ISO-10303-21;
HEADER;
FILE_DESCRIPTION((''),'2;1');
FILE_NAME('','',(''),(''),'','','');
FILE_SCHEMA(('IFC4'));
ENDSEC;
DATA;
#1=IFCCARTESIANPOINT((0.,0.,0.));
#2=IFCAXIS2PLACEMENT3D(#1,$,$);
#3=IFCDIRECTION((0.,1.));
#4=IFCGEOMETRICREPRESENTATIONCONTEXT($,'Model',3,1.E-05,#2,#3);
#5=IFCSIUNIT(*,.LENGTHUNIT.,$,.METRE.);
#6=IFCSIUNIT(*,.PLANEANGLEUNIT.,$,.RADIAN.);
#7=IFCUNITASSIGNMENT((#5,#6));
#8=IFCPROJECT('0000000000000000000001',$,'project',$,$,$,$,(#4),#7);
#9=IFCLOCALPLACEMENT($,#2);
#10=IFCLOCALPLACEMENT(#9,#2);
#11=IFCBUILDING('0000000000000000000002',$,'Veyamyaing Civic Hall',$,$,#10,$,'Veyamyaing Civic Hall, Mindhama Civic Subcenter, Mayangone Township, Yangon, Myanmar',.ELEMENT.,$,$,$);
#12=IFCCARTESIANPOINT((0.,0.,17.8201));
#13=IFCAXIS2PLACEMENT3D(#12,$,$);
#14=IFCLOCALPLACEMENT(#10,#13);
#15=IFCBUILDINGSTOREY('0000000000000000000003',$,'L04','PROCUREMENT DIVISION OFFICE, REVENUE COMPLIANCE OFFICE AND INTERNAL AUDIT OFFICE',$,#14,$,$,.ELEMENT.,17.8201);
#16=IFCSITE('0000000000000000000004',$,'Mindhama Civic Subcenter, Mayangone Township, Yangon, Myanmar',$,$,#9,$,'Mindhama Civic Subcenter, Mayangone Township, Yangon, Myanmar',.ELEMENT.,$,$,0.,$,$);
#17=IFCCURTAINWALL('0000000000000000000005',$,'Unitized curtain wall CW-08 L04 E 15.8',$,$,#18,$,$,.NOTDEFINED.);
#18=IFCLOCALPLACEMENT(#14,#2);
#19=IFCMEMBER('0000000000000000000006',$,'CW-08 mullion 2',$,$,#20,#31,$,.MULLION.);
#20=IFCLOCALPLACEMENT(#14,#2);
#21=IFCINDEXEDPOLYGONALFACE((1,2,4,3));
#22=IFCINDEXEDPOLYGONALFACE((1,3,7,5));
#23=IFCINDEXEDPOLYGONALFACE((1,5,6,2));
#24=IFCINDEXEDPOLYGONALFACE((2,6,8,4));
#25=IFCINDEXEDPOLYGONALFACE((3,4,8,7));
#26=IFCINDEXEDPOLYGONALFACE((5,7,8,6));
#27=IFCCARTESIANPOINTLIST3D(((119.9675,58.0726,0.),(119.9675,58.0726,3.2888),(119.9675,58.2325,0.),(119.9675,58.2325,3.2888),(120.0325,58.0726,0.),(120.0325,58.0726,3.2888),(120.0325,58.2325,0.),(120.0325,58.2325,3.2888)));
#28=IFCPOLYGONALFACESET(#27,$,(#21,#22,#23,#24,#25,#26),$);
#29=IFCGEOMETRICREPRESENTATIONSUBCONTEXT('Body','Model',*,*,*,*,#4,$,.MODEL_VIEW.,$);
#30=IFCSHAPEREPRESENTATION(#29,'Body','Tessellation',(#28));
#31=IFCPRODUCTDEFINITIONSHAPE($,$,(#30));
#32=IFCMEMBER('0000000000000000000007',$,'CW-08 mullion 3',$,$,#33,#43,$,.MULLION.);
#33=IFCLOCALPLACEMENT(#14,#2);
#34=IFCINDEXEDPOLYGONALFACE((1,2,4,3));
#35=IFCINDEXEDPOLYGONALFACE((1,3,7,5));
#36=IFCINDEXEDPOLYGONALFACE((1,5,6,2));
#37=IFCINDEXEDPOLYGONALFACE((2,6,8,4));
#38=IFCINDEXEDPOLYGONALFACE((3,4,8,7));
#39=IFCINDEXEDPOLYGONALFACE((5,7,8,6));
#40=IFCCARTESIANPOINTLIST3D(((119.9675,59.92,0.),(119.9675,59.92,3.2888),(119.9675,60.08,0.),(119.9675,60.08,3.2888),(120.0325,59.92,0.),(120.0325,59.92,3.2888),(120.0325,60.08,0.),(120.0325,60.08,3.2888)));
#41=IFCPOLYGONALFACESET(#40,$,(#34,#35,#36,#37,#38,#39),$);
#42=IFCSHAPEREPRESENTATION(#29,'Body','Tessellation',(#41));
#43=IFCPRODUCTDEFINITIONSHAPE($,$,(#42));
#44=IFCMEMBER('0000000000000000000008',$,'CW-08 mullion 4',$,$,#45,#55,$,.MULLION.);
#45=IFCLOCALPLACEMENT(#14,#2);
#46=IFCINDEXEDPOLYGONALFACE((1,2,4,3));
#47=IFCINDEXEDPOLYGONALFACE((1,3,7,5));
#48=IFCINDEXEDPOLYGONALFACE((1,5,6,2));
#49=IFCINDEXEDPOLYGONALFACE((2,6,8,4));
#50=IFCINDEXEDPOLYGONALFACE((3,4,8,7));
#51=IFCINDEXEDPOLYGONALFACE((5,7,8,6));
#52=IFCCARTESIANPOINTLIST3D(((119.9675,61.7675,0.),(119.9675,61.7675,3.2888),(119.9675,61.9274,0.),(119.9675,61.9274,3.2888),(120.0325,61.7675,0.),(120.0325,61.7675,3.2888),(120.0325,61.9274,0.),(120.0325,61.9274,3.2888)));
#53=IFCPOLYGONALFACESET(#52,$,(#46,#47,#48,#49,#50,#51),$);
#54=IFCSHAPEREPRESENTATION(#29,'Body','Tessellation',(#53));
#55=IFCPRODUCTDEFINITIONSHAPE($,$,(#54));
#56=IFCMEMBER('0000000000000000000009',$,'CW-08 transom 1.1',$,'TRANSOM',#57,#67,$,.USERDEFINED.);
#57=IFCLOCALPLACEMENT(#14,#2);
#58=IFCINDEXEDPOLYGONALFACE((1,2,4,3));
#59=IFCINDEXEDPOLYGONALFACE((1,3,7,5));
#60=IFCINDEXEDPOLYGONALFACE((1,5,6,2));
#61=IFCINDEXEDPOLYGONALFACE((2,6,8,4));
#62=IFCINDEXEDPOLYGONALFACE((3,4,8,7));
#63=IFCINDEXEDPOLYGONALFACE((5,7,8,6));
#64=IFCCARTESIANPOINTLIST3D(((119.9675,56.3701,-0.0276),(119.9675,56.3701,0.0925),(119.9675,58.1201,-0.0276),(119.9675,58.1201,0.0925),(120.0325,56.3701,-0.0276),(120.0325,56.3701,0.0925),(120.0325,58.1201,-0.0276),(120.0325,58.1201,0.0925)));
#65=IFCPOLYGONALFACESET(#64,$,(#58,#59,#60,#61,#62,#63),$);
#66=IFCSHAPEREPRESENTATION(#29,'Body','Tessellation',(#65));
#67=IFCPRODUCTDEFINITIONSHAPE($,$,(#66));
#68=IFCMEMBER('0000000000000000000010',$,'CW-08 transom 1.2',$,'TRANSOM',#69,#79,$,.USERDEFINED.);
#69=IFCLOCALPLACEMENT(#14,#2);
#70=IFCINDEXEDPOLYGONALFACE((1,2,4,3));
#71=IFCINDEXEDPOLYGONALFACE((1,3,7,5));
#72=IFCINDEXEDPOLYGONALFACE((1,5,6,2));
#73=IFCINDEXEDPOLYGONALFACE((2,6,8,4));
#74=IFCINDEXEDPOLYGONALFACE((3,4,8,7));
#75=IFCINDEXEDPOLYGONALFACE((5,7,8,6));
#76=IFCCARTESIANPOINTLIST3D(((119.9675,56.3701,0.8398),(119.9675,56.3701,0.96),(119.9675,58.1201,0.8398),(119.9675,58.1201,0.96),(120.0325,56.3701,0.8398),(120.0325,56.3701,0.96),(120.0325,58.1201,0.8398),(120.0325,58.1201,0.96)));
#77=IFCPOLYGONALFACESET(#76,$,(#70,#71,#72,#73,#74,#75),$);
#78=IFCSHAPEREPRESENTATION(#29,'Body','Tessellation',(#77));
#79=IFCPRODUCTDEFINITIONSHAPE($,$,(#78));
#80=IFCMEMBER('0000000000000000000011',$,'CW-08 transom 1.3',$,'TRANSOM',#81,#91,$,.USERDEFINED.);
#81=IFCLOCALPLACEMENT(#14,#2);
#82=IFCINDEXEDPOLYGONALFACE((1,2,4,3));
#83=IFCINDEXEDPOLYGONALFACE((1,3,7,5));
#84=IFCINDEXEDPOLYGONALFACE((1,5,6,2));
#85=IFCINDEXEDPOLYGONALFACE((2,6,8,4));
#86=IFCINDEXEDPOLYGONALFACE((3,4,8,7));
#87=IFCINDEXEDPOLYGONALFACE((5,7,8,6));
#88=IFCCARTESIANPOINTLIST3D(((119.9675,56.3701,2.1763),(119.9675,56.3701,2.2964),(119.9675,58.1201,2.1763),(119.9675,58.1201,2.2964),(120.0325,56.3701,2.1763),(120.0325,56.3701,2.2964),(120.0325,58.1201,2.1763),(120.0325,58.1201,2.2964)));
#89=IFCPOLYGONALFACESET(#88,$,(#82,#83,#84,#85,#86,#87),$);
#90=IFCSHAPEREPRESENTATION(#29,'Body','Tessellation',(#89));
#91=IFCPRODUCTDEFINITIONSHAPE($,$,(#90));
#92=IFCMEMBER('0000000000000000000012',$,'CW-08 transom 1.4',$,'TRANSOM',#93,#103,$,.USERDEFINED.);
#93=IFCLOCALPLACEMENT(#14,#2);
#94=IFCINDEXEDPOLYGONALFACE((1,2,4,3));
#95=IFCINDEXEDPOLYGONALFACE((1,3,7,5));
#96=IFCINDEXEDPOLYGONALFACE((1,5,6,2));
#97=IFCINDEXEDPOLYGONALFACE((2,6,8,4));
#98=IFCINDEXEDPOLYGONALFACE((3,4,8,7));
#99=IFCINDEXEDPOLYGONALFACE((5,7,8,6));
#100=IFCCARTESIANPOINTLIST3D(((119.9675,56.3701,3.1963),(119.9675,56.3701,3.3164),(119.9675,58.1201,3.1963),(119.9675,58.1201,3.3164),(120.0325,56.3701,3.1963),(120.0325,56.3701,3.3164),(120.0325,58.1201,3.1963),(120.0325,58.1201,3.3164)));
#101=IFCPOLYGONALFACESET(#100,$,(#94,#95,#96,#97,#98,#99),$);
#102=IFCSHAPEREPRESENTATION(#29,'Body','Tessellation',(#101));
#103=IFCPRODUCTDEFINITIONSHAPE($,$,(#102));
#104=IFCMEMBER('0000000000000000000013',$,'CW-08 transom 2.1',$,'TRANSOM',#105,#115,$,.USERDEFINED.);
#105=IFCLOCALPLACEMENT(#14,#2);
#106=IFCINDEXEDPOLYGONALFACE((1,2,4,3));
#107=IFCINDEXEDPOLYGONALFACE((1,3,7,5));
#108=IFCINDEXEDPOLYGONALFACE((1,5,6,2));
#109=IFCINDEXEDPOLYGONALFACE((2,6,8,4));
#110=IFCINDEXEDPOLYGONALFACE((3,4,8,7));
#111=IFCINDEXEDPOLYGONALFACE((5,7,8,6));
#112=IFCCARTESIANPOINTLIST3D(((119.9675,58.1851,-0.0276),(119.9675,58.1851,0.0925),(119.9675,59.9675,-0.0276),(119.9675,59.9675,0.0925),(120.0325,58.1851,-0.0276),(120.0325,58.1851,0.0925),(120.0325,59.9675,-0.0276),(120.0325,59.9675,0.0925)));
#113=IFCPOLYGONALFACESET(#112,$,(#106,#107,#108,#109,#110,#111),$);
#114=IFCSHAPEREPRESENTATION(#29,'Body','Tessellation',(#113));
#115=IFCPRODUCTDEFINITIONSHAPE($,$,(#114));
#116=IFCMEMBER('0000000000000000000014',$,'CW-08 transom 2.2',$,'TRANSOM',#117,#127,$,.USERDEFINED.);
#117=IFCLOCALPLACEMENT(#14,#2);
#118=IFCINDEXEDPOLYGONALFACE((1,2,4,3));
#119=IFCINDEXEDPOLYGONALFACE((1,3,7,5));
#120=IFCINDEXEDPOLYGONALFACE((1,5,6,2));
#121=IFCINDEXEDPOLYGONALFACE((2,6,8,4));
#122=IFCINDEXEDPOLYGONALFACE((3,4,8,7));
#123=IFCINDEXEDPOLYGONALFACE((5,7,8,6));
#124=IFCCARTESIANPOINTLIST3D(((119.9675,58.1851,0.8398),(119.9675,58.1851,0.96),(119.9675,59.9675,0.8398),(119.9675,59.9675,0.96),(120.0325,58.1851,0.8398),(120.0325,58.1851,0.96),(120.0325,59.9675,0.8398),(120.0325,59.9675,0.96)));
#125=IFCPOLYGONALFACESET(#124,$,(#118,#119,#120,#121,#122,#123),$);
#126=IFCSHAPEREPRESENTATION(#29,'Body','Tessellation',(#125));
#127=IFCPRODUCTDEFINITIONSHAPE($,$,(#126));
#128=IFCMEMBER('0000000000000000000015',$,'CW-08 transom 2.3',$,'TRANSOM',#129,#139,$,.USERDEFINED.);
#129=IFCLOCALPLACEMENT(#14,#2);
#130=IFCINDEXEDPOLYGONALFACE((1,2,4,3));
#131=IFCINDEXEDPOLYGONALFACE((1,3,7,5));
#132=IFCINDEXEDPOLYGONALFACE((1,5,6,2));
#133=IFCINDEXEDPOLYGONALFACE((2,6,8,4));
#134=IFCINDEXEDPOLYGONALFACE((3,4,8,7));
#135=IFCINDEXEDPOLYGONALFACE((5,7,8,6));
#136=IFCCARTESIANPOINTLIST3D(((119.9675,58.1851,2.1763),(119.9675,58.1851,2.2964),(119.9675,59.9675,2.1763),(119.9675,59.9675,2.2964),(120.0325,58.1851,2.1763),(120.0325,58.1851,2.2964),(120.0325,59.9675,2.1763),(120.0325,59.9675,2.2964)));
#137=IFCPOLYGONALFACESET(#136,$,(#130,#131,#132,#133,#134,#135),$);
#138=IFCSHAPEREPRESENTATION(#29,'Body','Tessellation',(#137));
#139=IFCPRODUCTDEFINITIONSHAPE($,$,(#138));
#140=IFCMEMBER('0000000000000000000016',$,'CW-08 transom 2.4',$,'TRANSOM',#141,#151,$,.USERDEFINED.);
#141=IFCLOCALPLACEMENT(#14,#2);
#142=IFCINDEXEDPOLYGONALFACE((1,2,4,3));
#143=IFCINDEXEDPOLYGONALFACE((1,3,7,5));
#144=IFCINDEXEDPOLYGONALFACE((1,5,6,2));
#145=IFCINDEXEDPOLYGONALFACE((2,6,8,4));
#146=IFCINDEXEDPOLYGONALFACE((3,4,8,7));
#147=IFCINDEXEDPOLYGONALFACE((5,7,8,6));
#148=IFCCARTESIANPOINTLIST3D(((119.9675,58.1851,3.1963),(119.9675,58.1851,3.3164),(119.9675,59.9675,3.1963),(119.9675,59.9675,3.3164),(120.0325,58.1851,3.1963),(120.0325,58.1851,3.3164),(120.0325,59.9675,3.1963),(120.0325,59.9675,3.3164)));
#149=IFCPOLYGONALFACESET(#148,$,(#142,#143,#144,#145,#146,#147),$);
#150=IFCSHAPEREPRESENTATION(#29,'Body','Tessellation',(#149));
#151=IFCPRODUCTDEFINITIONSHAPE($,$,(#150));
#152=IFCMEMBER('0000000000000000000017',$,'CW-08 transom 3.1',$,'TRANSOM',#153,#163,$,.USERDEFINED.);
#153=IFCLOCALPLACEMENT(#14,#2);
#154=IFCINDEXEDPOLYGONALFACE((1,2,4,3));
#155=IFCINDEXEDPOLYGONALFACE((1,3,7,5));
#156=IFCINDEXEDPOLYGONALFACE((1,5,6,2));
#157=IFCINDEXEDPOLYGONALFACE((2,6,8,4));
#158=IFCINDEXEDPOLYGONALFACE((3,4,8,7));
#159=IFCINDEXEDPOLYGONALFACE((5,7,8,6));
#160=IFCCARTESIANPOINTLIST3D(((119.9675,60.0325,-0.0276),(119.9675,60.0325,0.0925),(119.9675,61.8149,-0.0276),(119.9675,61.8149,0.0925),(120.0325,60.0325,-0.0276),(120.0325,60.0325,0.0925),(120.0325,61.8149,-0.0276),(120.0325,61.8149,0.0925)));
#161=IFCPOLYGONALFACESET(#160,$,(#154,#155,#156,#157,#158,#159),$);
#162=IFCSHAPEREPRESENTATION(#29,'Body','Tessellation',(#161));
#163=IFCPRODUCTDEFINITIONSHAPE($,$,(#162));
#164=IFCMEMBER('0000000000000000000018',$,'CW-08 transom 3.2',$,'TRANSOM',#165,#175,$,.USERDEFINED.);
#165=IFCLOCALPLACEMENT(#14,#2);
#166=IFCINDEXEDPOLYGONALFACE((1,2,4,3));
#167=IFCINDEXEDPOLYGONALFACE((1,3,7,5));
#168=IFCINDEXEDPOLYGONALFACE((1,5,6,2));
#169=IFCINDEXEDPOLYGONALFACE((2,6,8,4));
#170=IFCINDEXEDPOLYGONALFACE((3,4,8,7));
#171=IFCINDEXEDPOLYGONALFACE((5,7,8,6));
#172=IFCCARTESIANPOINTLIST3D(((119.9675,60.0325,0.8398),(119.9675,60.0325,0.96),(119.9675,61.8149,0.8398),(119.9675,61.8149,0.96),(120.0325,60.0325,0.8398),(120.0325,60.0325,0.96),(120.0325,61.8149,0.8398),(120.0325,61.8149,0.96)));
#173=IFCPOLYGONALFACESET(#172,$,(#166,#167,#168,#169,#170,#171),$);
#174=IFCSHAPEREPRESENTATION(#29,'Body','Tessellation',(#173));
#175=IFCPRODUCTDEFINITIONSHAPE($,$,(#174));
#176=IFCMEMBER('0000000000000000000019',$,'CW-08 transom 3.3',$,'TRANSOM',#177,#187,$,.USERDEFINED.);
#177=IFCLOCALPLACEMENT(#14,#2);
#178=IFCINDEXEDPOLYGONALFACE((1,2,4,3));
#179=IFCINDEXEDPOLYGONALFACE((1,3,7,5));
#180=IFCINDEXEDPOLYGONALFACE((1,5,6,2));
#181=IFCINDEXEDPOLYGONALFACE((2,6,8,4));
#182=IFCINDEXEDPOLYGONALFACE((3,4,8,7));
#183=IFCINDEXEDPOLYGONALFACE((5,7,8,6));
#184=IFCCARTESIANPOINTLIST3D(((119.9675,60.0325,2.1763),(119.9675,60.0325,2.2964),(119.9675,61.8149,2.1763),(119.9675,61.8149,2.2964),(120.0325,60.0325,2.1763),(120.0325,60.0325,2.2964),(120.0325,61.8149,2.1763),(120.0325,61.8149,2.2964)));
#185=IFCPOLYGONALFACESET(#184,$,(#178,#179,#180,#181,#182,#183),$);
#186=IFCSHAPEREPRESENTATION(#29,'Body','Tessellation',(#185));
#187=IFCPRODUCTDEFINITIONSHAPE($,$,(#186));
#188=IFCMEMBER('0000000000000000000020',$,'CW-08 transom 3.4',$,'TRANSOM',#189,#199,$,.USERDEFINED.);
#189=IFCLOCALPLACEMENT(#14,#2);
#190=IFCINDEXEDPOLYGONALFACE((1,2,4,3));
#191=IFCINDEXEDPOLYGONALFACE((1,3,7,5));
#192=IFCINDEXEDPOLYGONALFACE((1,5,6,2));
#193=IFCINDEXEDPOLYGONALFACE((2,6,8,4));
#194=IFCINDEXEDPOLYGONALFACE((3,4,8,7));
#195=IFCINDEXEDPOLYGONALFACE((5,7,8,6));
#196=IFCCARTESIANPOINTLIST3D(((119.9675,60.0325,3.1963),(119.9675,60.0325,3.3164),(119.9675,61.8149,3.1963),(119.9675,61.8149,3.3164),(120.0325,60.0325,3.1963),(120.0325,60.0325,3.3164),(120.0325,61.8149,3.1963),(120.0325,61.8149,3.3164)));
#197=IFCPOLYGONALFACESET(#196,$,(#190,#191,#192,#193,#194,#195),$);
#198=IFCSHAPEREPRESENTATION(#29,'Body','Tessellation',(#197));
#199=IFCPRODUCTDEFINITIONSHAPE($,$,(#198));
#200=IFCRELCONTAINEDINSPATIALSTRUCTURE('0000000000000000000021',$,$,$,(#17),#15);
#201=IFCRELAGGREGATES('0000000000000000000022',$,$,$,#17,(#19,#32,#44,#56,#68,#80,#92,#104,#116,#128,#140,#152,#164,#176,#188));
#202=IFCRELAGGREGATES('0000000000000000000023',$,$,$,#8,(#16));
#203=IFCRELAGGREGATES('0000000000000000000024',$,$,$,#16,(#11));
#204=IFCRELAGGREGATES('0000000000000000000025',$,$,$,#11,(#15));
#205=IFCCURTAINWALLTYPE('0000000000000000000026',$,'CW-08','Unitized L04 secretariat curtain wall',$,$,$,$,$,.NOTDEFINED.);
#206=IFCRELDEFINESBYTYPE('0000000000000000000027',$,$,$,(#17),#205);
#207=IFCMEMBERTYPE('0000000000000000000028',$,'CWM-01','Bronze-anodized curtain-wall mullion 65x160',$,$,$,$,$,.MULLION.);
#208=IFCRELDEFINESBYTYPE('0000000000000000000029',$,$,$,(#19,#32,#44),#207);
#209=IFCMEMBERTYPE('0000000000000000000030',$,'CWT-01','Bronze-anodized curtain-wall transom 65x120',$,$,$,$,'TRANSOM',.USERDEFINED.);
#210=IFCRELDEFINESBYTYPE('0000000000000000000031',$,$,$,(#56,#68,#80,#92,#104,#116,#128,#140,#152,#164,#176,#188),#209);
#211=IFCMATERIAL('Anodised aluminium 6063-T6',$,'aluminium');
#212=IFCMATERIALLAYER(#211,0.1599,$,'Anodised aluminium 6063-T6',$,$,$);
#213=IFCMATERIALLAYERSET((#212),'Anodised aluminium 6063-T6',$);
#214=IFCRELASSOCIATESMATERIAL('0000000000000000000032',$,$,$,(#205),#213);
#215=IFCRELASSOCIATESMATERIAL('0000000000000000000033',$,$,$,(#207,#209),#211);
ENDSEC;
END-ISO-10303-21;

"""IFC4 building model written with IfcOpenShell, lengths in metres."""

from ifc_helpers import new_model, si_unit, direction, frame, origin, origin_2d, place, context, subcontext, project, spatial, rectangle, extrude, material, layer, layer_set, material_profile, profile_set, type_object, element, aggregate, save


model = new_model("IFC4")

# Units and contexts
model_context = context("Model", 3, precision=1e-05, world=origin(), true_north=direction((0.0, 1.0)))
body_context = subcontext(model_context, "Body", "Model", "MODEL_VIEW")
ifc_project = project(units=[si_unit("LENGTHUNIT", "METRE"), si_unit("PLANEANGLEUNIT", "RADIAN")], contexts=[model_context])

# Site, building, storey
site_placement = place(None, origin())
site = spatial("IfcSite", under=ifc_project, at=site_placement, Name="Mindhama Civic Subcenter, Mayangone Township, Yangon, Myanmar", LongName="Mindhama Civic Subcenter, Mayangone Township, Yangon, Myanmar", CompositionType="ELEMENT", RefElevation=0.0)
building_placement = place(site_placement, origin())
building = spatial("IfcBuilding", under=site, at=building_placement, Name="Veyamyaing Civic Hall", LongName="Veyamyaing Civic Hall, Mindhama Civic Subcenter, Mayangone Township, Yangon, Myanmar", CompositionType="ELEMENT")
storey_placement = place(building_placement, frame((0.0, 0.0, 17.8201)))
storey = spatial("IfcBuildingStorey", under=building, at=storey_placement, Name="L04", Description="PROCUREMENT DIVISION OFFICE, REVENUE COMPLIANCE OFFICE AND INTERNAL AUDIT OFFICE", CompositionType="ELEMENT", Elevation=17.8201)

# Curtain wall, members
ifc_material_1 = material(Name="Anodised aluminium 6063-T6", Category="aluminium")
ifc_layer_1 = layer(ifc_material_1, 0.1599, Name="Anodised aluminium 6063-T6")
ifc_layer_set_1 = layer_set([ifc_layer_1], Name="Anodised aluminium 6063-T6")
curtain_wall_type = type_object("IfcCurtainWallType", Name="CW-08", Description="Unitized L04 secretariat curtain wall", PredefinedType="NOTDEFINED", material=ifc_layer_set_1)
curtain_wall_placement = place(storey_placement, origin())
curtain_wall = element("IfcCurtainWall", 1, at=curtain_wall_placement, inside=storey, type_object=curtain_wall_type, Name="Unitized curtain wall CW-08 L04 E 15.8", PredefinedType="NOTDEFINED")
ifc_material_profile_1 = material_profile(ifc_material_1, rectangle(XDim=0.0649, YDim=0.1599, at=origin_2d()), Name="ALU-MUL-65X160")
ifc_profile_set_1 = profile_set([ifc_material_profile_1], Name="Anodised aluminium 6063-T6")
member_type_1 = type_object("IfcMemberType", Name="CWM-01", Description="Bronze-anodized curtain-wall mullion 65x160", PredefinedType="MULLION", material=ifc_profile_set_1)
member_1_placement = place(storey_placement, frame((120.0, 58.1526, 0.0), z_axis=(0.0, 0.0, 1.0), x_axis=(-1.0, 0.0, 0.0)))
member_1 = element("IfcMember", 2, at=member_1_placement, type_object=member_type_1, Name="CW-08 mullion 2", PredefinedType="MULLION", context=body_context, shape_type="SweptSolid", body=[
    extrude(rectangle(XDim=0.0649, YDim=0.1599, at=origin_2d()), origin(), (0.0, 0.0, 1.0), 3.2888),
])
member_2_placement = place(storey_placement, frame((120.0, 60.0, 0.0), z_axis=(0.0, 0.0, 1.0), x_axis=(-1.0, 0.0, 0.0)))
member_2 = element("IfcMember", 3, at=member_2_placement, type_object=member_type_1, Name="CW-08 mullion 3", PredefinedType="MULLION", context=body_context, shape_type="SweptSolid", body=[
    extrude(rectangle(XDim=0.0649, YDim=0.1599, at=origin_2d()), origin(), (0.0, 0.0, 1.0), 3.2888),
])
member_3_placement = place(storey_placement, frame((120.0, 61.8474, 0.0), z_axis=(0.0, 0.0, 1.0), x_axis=(-1.0, 0.0, 0.0)))
member_3 = element("IfcMember", 4, at=member_3_placement, type_object=member_type_1, Name="CW-08 mullion 4", PredefinedType="MULLION", context=body_context, shape_type="SweptSolid", body=[
    extrude(rectangle(XDim=0.0649, YDim=0.1599, at=origin_2d()), origin(), (0.0, 0.0, 1.0), 3.2888),
])
ifc_material_profile_2 = material_profile(ifc_material_1, rectangle(XDim=0.0649, YDim=0.1201, at=origin_2d()), Name="ALU-TRN-65X120")
ifc_profile_set_2 = profile_set([ifc_material_profile_2], Name="Anodised aluminium 6063-T6")
member_type_2 = type_object("IfcMemberType", Name="CWT-01", Description="Bronze-anodized curtain-wall transom 65x120", ElementType="TRANSOM", PredefinedType="USERDEFINED", material=ifc_profile_set_2)
member_4_placement = place(storey_placement, frame((120.0, 56.3701, 0.0325), z_axis=(0.0, 1.0, 0.0), x_axis=(-1.0, 0.0, 0.0)))
member_4 = element("IfcMember", 5, at=member_4_placement, type_object=member_type_2, Name="CW-08 transom 1.1", ObjectType="TRANSOM", PredefinedType="USERDEFINED", context=body_context, shape_type="SweptSolid", body=[
    extrude(rectangle(XDim=0.0649, YDim=0.1201, at=origin_2d()), origin(), (0.0, 0.0, 1.0), 1.75),
])
member_5_placement = place(storey_placement, frame((120.0, 56.3701, 0.8999), z_axis=(0.0, 1.0, 0.0), x_axis=(-1.0, 0.0, 0.0)))
member_5 = element("IfcMember", 6, at=member_5_placement, type_object=member_type_2, Name="CW-08 transom 1.2", ObjectType="TRANSOM", PredefinedType="USERDEFINED", context=body_context, shape_type="SweptSolid", body=[
    extrude(rectangle(XDim=0.0649, YDim=0.1201, at=origin_2d()), origin(), (0.0, 0.0, 1.0), 1.75),
])
member_6_placement = place(storey_placement, frame((120.0, 56.3701, 2.2363), z_axis=(0.0, 1.0, 0.0), x_axis=(-1.0, 0.0, 0.0)))
member_6 = element("IfcMember", 7, at=member_6_placement, type_object=member_type_2, Name="CW-08 transom 1.3", ObjectType="TRANSOM", PredefinedType="USERDEFINED", context=body_context, shape_type="SweptSolid", body=[
    extrude(rectangle(XDim=0.0649, YDim=0.1201, at=origin_2d()), origin(), (0.0, 0.0, 1.0), 1.75),
])
member_7_placement = place(storey_placement, frame((120.0, 56.3701, 3.2563), z_axis=(0.0, 1.0, 0.0), x_axis=(-1.0, 0.0, 0.0)))
member_7 = element("IfcMember", 8, at=member_7_placement, type_object=member_type_2, Name="CW-08 transom 1.4", ObjectType="TRANSOM", PredefinedType="USERDEFINED", context=body_context, shape_type="SweptSolid", body=[
    extrude(rectangle(XDim=0.0649, YDim=0.1201, at=origin_2d()), origin(), (0.0, 0.0, 1.0), 1.75),
])
member_8_placement = place(storey_placement, frame((120.0, 58.1851, 0.0325), z_axis=(0.0, 1.0, 0.0), x_axis=(-1.0, 0.0, 0.0)))
member_8 = element("IfcMember", 9, at=member_8_placement, type_object=member_type_2, Name="CW-08 transom 2.1", ObjectType="TRANSOM", PredefinedType="USERDEFINED", context=body_context, shape_type="SweptSolid", body=[
    extrude(rectangle(XDim=0.0649, YDim=0.1201, at=origin_2d()), origin(), (0.0, 0.0, 1.0), 1.7825),
])
member_9_placement = place(storey_placement, frame((120.0, 58.1851, 0.8999), z_axis=(0.0, 1.0, 0.0), x_axis=(-1.0, 0.0, 0.0)))
member_9 = element("IfcMember", 10, at=member_9_placement, type_object=member_type_2, Name="CW-08 transom 2.2", ObjectType="TRANSOM", PredefinedType="USERDEFINED", context=body_context, shape_type="SweptSolid", body=[
    extrude(rectangle(XDim=0.0649, YDim=0.1201, at=origin_2d()), origin(), (0.0, 0.0, 1.0), 1.7825),
])
member_10_placement = place(storey_placement, frame((120.0, 58.1851, 2.2363), z_axis=(0.0, 1.0, 0.0), x_axis=(-1.0, 0.0, 0.0)))
member_10 = element("IfcMember", 11, at=member_10_placement, type_object=member_type_2, Name="CW-08 transom 2.3", ObjectType="TRANSOM", PredefinedType="USERDEFINED", context=body_context, shape_type="SweptSolid", body=[
    extrude(rectangle(XDim=0.0649, YDim=0.1201, at=origin_2d()), origin(), (0.0, 0.0, 1.0), 1.7825),
])
member_11_placement = place(storey_placement, frame((120.0, 58.1851, 3.2563), z_axis=(0.0, 1.0, 0.0), x_axis=(-1.0, 0.0, 0.0)))
member_11 = element("IfcMember", 12, at=member_11_placement, type_object=member_type_2, Name="CW-08 transom 2.4", ObjectType="TRANSOM", PredefinedType="USERDEFINED", context=body_context, shape_type="SweptSolid", body=[
    extrude(rectangle(XDim=0.0649, YDim=0.1201, at=origin_2d()), origin(), (0.0, 0.0, 1.0), 1.7825),
])
member_12_placement = place(storey_placement, frame((120.0, 60.0325, 0.0325), z_axis=(0.0, 1.0, 0.0), x_axis=(-1.0, 0.0, 0.0)))
member_12 = element("IfcMember", 13, at=member_12_placement, type_object=member_type_2, Name="CW-08 transom 3.1", ObjectType="TRANSOM", PredefinedType="USERDEFINED", context=body_context, shape_type="SweptSolid", body=[
    extrude(rectangle(XDim=0.0649, YDim=0.1201, at=origin_2d()), origin(), (0.0, 0.0, 1.0), 1.7825),
])
member_13_placement = place(storey_placement, frame((120.0, 60.0325, 0.8999), z_axis=(0.0, 1.0, 0.0), x_axis=(-1.0, 0.0, 0.0)))
member_13 = element("IfcMember", 14, at=member_13_placement, type_object=member_type_2, Name="CW-08 transom 3.2", ObjectType="TRANSOM", PredefinedType="USERDEFINED", context=body_context, shape_type="SweptSolid", body=[
    extrude(rectangle(XDim=0.0649, YDim=0.1201, at=origin_2d()), origin(), (0.0, 0.0, 1.0), 1.7825),
])
member_14_placement = place(storey_placement, frame((120.0, 60.0325, 2.2363), z_axis=(0.0, 1.0, 0.0), x_axis=(-1.0, 0.0, 0.0)))
member_14 = element("IfcMember", 15, at=member_14_placement, type_object=member_type_2, Name="CW-08 transom 3.3", ObjectType="TRANSOM", PredefinedType="USERDEFINED", context=body_context, shape_type="SweptSolid", body=[
    extrude(rectangle(XDim=0.0649, YDim=0.1201, at=origin_2d()), origin(), (0.0, 0.0, 1.0), 1.7825),
])
member_15_placement = place(storey_placement, frame((120.0, 60.0325, 3.2563), z_axis=(0.0, 1.0, 0.0), x_axis=(-1.0, 0.0, 0.0)))
member_15 = element("IfcMember", 16, at=member_15_placement, type_object=member_type_2, Name="CW-08 transom 3.4", ObjectType="TRANSOM", PredefinedType="USERDEFINED", context=body_context, shape_type="SweptSolid", body=[
    extrude(rectangle(XDim=0.0649, YDim=0.1201, at=origin_2d()), origin(), (0.0, 0.0, 1.0), 1.7825),
])
aggregate(curtain_wall, [member_1, member_2, member_3, member_4, member_5, member_6, member_7, member_8, member_9, member_10, member_11, member_12, member_13, member_14, member_15])

save(model, "model.ifc")
